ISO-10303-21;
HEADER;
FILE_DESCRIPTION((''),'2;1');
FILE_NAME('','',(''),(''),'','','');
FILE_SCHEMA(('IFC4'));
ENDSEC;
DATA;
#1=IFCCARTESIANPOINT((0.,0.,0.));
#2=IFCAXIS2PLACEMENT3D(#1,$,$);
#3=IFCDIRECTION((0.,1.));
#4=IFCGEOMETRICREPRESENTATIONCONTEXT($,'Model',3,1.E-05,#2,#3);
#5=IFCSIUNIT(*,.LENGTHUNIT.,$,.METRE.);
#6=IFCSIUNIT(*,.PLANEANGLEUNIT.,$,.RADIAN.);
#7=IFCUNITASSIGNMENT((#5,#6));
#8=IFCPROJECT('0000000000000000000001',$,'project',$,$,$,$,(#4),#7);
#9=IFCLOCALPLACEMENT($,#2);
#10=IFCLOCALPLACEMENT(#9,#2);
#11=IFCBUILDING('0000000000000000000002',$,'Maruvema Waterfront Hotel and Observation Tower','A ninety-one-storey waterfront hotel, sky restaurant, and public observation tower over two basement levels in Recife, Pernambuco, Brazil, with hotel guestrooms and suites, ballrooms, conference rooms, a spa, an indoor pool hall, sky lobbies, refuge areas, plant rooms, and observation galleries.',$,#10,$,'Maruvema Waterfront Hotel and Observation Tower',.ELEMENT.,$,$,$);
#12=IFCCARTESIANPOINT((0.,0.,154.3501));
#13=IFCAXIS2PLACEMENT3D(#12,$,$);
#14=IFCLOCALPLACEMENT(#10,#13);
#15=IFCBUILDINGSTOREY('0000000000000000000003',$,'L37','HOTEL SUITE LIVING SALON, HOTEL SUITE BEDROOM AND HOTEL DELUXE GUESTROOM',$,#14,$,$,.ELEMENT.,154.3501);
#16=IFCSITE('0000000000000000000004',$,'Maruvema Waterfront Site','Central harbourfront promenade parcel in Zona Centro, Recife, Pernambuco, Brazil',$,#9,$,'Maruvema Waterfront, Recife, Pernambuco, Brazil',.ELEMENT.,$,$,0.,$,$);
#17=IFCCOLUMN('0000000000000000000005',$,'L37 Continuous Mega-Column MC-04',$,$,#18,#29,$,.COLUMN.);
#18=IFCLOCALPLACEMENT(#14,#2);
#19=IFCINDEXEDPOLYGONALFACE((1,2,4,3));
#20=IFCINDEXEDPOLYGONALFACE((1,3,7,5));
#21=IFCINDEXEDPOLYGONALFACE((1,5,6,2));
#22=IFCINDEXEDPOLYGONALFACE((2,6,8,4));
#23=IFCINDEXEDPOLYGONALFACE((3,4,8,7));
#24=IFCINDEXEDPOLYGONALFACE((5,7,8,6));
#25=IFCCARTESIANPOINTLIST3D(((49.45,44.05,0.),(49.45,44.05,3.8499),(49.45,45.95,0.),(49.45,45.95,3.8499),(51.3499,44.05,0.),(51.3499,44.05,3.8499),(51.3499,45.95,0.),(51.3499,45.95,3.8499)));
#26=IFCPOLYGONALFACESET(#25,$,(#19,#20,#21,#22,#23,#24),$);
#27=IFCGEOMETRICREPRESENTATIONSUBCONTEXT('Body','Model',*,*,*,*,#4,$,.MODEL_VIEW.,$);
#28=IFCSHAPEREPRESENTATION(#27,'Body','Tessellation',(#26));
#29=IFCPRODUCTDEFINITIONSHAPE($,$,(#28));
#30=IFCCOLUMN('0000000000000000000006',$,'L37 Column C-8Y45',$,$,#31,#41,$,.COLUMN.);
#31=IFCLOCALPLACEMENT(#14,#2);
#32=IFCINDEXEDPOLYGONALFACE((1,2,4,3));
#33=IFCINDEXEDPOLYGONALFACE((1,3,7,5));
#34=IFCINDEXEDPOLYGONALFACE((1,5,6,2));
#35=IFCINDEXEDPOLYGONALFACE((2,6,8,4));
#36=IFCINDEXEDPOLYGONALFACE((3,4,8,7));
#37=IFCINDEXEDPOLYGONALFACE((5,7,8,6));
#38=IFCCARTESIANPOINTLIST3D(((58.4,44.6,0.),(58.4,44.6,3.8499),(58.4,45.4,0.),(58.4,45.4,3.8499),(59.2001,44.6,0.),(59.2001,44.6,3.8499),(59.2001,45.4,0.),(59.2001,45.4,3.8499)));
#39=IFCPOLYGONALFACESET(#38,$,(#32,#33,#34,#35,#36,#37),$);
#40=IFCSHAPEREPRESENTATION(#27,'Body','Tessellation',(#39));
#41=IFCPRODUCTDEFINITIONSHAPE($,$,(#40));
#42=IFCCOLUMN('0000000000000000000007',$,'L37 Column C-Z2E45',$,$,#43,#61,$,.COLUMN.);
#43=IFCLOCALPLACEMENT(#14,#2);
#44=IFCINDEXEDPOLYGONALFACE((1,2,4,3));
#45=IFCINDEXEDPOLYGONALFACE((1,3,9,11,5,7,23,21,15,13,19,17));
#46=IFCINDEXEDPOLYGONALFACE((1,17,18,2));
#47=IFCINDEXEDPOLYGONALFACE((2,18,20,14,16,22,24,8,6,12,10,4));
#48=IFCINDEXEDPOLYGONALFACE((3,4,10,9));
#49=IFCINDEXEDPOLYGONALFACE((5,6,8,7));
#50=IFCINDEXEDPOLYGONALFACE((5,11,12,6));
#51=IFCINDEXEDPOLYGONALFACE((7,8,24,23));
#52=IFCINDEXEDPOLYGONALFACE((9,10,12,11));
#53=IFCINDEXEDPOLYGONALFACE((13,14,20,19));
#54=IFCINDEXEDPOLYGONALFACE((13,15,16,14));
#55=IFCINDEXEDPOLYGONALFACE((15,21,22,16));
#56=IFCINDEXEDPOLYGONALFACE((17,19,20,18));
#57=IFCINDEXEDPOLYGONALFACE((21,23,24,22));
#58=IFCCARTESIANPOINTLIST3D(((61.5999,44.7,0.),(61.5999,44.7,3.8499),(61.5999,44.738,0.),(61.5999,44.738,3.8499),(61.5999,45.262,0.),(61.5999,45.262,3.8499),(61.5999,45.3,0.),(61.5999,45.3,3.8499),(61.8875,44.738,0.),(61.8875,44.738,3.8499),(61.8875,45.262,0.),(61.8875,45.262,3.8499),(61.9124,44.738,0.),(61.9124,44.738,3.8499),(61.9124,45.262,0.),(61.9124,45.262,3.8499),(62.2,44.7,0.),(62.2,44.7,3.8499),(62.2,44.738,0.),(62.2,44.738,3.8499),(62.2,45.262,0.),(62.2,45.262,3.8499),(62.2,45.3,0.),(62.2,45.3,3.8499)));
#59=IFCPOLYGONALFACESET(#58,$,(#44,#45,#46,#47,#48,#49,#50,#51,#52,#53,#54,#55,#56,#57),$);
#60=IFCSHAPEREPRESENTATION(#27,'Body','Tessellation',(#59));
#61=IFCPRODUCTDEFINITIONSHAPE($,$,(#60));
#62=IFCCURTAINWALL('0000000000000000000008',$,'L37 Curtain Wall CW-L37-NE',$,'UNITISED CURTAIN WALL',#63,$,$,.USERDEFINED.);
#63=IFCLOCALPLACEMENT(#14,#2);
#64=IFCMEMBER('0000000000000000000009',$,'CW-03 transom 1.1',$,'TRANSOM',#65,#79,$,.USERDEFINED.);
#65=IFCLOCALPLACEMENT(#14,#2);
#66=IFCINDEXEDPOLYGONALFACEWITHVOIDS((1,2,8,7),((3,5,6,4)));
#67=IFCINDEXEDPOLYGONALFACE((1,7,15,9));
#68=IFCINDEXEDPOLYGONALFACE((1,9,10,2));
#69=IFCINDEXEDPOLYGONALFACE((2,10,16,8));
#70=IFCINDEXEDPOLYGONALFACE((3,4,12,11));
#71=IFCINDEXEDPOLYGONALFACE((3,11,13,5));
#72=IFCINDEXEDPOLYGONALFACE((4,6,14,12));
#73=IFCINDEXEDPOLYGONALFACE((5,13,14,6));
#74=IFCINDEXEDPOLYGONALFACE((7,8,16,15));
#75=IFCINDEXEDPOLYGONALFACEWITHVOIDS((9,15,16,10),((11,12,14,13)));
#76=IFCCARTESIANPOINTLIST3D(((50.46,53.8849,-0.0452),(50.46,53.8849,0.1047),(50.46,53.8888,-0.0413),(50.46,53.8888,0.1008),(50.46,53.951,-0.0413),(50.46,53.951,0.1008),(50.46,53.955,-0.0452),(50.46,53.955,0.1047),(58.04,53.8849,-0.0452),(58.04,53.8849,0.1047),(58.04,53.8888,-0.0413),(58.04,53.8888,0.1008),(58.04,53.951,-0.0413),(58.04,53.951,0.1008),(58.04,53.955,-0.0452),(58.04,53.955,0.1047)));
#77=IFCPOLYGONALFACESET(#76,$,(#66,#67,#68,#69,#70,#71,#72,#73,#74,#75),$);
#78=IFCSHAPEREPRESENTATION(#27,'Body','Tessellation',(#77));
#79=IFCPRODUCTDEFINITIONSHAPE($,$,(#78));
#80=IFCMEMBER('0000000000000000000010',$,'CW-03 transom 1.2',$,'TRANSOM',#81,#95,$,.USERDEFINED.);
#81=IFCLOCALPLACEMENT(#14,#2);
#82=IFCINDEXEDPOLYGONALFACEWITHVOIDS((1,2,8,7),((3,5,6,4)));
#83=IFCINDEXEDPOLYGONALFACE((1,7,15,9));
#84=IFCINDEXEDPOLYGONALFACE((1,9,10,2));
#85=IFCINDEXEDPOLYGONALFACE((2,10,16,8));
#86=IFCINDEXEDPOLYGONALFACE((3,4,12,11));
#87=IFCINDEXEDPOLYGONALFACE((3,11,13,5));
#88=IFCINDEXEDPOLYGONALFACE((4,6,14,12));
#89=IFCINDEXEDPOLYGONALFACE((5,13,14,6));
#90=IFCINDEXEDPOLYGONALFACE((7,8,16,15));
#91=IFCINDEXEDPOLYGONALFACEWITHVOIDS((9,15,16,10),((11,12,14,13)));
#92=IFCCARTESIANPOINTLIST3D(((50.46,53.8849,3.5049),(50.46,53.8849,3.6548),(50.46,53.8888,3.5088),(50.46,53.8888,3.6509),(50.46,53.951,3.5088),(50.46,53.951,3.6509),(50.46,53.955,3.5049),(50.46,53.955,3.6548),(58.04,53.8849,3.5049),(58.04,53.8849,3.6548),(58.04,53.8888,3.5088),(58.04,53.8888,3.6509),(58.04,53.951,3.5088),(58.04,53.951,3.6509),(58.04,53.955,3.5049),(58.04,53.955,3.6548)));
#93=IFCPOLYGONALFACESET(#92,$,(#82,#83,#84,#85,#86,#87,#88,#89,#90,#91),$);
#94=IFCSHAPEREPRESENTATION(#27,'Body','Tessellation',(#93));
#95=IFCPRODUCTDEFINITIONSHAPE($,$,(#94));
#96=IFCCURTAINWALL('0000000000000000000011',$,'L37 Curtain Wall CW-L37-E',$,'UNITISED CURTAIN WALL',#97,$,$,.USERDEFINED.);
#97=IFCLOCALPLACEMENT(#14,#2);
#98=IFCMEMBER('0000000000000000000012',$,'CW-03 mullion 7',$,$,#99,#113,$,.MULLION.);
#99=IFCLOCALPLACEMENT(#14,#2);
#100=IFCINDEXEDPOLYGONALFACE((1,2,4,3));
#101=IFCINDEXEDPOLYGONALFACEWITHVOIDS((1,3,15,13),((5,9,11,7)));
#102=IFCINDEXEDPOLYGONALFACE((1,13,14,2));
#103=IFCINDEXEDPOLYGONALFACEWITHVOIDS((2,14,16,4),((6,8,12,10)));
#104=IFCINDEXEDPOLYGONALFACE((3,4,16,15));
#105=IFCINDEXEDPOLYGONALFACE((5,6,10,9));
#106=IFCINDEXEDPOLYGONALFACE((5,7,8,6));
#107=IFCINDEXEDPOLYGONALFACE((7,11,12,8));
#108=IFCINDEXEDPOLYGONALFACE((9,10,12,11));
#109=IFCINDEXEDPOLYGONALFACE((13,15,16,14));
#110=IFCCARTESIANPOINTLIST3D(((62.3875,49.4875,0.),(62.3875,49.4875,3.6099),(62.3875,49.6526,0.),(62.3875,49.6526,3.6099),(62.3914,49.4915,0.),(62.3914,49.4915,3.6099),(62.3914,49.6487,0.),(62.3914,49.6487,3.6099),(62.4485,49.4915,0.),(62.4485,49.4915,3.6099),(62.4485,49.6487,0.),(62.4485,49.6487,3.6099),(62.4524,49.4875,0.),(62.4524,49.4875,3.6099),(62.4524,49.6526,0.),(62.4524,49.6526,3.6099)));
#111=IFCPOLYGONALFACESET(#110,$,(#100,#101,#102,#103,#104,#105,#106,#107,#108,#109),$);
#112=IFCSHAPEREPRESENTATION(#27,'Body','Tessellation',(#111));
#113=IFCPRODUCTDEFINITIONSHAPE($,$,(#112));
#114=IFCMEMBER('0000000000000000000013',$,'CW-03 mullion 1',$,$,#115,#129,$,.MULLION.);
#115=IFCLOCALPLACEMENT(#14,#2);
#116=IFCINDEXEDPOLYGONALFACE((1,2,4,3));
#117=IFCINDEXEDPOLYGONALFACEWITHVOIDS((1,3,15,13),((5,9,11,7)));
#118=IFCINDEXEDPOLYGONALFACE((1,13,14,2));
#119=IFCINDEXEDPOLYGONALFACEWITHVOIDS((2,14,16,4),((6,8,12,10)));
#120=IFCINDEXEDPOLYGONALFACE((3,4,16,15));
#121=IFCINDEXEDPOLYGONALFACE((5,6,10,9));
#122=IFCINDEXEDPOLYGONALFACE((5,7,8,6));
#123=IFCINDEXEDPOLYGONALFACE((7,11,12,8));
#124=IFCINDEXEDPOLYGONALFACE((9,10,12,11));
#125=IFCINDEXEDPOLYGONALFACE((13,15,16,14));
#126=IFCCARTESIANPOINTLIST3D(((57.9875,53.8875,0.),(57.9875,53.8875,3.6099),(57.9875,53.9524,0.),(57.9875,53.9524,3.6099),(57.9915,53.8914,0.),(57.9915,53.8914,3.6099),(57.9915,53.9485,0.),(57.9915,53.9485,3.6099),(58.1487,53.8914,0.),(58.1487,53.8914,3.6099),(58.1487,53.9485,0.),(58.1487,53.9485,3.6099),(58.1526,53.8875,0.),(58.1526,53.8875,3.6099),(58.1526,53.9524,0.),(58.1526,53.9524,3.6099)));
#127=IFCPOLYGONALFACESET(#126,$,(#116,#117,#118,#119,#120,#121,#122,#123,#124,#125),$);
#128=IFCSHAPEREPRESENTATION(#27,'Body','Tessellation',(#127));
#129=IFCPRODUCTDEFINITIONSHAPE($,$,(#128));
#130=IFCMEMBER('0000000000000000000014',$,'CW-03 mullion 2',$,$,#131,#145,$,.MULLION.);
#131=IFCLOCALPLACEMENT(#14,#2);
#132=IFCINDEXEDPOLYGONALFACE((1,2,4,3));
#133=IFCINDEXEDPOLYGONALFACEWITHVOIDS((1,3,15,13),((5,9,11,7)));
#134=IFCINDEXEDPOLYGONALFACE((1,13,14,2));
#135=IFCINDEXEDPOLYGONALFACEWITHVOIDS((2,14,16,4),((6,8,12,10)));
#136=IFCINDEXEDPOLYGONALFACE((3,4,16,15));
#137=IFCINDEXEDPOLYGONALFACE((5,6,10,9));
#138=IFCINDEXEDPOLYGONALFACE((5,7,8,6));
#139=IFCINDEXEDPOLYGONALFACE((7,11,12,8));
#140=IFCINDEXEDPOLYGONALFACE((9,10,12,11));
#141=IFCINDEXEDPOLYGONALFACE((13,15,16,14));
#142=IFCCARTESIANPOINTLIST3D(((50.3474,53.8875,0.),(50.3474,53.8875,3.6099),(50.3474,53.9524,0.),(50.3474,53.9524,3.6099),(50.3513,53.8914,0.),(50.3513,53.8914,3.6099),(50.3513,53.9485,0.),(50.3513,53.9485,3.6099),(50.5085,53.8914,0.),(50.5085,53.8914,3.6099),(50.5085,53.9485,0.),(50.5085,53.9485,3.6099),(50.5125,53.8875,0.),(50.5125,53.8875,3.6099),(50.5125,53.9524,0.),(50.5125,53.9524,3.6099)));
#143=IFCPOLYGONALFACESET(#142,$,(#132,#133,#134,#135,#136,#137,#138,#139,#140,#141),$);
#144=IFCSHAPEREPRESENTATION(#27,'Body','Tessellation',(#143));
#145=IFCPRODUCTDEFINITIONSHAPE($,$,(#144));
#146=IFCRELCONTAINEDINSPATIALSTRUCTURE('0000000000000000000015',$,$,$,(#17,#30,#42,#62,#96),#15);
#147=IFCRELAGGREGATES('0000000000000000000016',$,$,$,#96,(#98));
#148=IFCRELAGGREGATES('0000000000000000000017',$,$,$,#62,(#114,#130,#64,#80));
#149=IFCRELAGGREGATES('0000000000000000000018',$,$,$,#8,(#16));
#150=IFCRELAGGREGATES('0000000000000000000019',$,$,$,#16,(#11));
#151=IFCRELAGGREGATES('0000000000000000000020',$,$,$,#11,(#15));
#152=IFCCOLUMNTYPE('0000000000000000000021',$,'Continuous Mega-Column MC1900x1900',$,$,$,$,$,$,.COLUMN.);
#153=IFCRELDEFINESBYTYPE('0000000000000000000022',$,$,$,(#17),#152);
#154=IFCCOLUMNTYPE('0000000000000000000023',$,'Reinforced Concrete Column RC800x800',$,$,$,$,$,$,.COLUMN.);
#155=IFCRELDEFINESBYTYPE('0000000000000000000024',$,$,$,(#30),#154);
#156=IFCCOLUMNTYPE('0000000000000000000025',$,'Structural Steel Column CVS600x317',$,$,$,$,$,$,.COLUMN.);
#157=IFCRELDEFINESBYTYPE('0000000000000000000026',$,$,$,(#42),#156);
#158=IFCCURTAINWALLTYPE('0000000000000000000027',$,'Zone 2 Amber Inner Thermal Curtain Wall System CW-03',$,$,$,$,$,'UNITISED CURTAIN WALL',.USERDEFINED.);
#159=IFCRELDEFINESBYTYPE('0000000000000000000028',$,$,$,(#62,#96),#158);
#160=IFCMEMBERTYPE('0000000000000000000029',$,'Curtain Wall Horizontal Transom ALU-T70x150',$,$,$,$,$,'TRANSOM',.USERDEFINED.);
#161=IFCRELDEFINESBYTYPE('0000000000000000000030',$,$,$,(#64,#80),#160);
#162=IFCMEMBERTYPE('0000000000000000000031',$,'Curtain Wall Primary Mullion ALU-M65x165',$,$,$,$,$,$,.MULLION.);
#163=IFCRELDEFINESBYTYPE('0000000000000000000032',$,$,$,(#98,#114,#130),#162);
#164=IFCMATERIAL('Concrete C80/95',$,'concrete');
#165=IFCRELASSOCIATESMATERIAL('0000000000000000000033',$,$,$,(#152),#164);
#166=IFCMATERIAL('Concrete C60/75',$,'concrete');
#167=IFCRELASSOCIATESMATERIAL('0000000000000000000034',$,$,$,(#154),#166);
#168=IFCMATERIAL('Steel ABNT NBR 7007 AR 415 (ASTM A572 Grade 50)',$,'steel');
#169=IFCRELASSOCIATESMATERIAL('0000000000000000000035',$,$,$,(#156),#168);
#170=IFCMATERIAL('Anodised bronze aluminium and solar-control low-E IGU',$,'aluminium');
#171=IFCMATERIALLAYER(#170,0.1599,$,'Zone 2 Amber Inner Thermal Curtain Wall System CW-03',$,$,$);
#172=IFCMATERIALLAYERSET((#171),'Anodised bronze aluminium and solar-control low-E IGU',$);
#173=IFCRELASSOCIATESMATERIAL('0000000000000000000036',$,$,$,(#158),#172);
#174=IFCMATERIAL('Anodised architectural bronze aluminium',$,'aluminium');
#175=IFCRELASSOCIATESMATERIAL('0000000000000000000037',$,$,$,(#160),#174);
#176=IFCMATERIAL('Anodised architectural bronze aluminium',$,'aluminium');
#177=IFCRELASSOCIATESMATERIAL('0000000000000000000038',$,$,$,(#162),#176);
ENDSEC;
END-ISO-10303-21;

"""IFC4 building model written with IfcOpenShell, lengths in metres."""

from ifc_helpers import new_model, si_unit, direction, frame, origin, origin_2d, place, context, subcontext, project, spatial, rectangle, hollow_rectangle, i_section, extrude, material, layer, layer_set, material_profile, profile_set, type_object, element, aggregate, save


model = new_model("IFC4")

# Units and contexts
model_context = context("Model", 3, precision=1e-05, world=origin(), true_north=direction((0.0, 1.0)))
body_context = subcontext(model_context, "Body", "Model", "MODEL_VIEW")
ifc_project = project(units=[si_unit("LENGTHUNIT", "METRE"), si_unit("PLANEANGLEUNIT", "RADIAN")], contexts=[model_context])

# Site, building, storey
site_placement = place(None, origin())
site = spatial("IfcSite", under=ifc_project, at=site_placement, Name="Maruvema Waterfront Site", Description="Central harbourfront promenade parcel in Zona Centro, Recife, Pernambuco, Brazil", LongName="Maruvema Waterfront, Recife, Pernambuco, Brazil", CompositionType="ELEMENT", RefElevation=0.0)
building_placement = place(site_placement, origin())
building = spatial("IfcBuilding", under=site, at=building_placement, Name="Maruvema Waterfront Hotel and Observation Tower", Description="A ninety-one-storey waterfront hotel, sky restaurant, and public observation tower over two basement levels in Recife, Pernambuco, Brazil, with hotel guestrooms and suites, ballrooms, conference rooms, a spa, an indoor pool hall, sky lobbies, refuge areas, plant rooms, and observation galleries.", LongName="Maruvema Waterfront Hotel and Observation Tower", CompositionType="ELEMENT")
storey_placement = place(building_placement, frame((0.0, 0.0, 154.3501)))
storey = spatial("IfcBuildingStorey", under=building, at=storey_placement, Name="L37", Description="HOTEL SUITE LIVING SALON, HOTEL SUITE BEDROOM AND HOTEL DELUXE GUESTROOM", CompositionType="ELEMENT", Elevation=154.3501)

# Columns
ifc_material_1 = material(Name="Concrete C80/95", Category="concrete")
ifc_material_profile_1 = material_profile(ifc_material_1, rectangle(XDim=1.8999, YDim=1.8999, at=origin_2d()), Name="MC1900x1900")
ifc_profile_set_1 = profile_set([ifc_material_profile_1], Name="Concrete C80/95")
column_type_1 = type_object("IfcColumnType", Name="Continuous Mega-Column MC1900x1900", PredefinedType="COLUMN", material=ifc_profile_set_1)
column_1_placement = place(storey_placement, frame((50.3999, 45.0, 0.0), z_axis=(0.0, 0.0, 1.0), x_axis=(1.0, 0.0, 0.0)))
element("IfcColumn", 1, at=column_1_placement, inside=storey, type_object=column_type_1, Name="L37 Continuous Mega-Column MC-04", PredefinedType="COLUMN", context=body_context, shape_type="SweptSolid", body=[
    extrude(rectangle(XDim=1.8999, YDim=1.8999, at=origin_2d()), origin(), (0.0, 0.0, 1.0), 3.8499),
])
ifc_material_2 = material(Name="Concrete C60/75", Category="concrete")
ifc_material_profile_2 = material_profile(ifc_material_2, rectangle(XDim=0.8, YDim=0.8, at=origin_2d()), Name="RC800x800")
ifc_profile_set_2 = profile_set([ifc_material_profile_2], Name="Concrete C60/75")
column_type_2 = type_object("IfcColumnType", Name="Reinforced Concrete Column RC800x800", PredefinedType="COLUMN", material=ifc_profile_set_2)
column_2_placement = place(storey_placement, frame((58.8, 45.0, 0.0), z_axis=(0.0, 0.0, 1.0), x_axis=(1.0, 0.0, 0.0)))
element("IfcColumn", 2, at=column_2_placement, inside=storey, type_object=column_type_2, Name="L37 Column C-8Y45", PredefinedType="COLUMN", context=body_context, shape_type="SweptSolid", body=[
    extrude(rectangle(XDim=0.8, YDim=0.8, at=origin_2d()), origin(), (0.0, 0.0, 1.0), 3.8499),
])
ifc_material_3 = material(Name="Steel ABNT NBR 7007 AR 415 (ASTM A572 Grade 50)", Category="steel")
ifc_material_profile_3 = material_profile(ifc_material_3, i_section(OverallWidth=0.6001, OverallDepth=0.6001, WebThickness=0.0249, FlangeThickness=0.0381, at=origin_2d()), Name="CVS600x317")
ifc_profile_set_3 = profile_set([ifc_material_profile_3], Name="Steel ABNT NBR 7007 AR 415 (ASTM A572 Grade 50)")
column_type_3 = type_object("IfcColumnType", Name="Structural Steel Column CVS600x317", PredefinedType="COLUMN", material=ifc_profile_set_3)
column_3_placement = place(storey_placement, frame((61.8999, 45.0, 0.0), z_axis=(0.0, 0.0, 1.0), x_axis=(1.0, 0.0, 0.0)))
element("IfcColumn", 3, at=column_3_placement, inside=storey, type_object=column_type_3, Name="L37 Column C-Z2E45", PredefinedType="COLUMN", context=body_context, shape_type="SweptSolid", body=[
    extrude(i_section(OverallWidth=0.6001, OverallDepth=0.6001, WebThickness=0.0249, FlangeThickness=0.0381, at=origin_2d()), origin(), (0.0, 0.0, 1.0), 3.8499),
])

# Curtain wall, members
ifc_material_4 = material(Name="Anodised bronze aluminium and solar-control low-E IGU", Category="aluminium")
ifc_layer_1 = layer(ifc_material_4, 0.1599, Name="Zone 2 Amber Inner Thermal Curtain Wall System CW-03")
ifc_layer_set_1 = layer_set([ifc_layer_1], Name="Anodised bronze aluminium and solar-control low-E IGU")
curtain_wall_type = type_object("IfcCurtainWallType", Name="Zone 2 Amber Inner Thermal Curtain Wall System CW-03", ElementType="UNITISED CURTAIN WALL", PredefinedType="USERDEFINED", material=ifc_layer_set_1)
curtain_wall_1_placement = place(storey_placement, origin())
curtain_wall_1 = element("IfcCurtainWall", 4, at=curtain_wall_1_placement, inside=storey, type_object=curtain_wall_type, Name="L37 Curtain Wall CW-L37-NE", ObjectType="UNITISED CURTAIN WALL", PredefinedType="USERDEFINED")
ifc_material_5 = material(Name="Anodised architectural bronze aluminium", Category="aluminium")
ifc_material_profile_4 = material_profile(ifc_material_5, hollow_rectangle(XDim=0.0701, YDim=0.1499, WallThickness=0.0039, at=origin_2d()), Name="ALU-T70x150")
ifc_profile_set_4 = profile_set([ifc_material_profile_4], Name="Anodised architectural bronze aluminium")
member_type_1 = type_object("IfcMemberType", Name="Curtain Wall Horizontal Transom ALU-T70x150", ElementType="TRANSOM", PredefinedType="USERDEFINED", material=ifc_profile_set_4)
member_1_placement = place(storey_placement, frame((58.04, 53.9199, 0.0298), z_axis=(-1.0, 0.0, 0.0), x_axis=(0.0, -1.0, 0.0)))
member_1 = element("IfcMember", 5, at=member_1_placement, type_object=member_type_1, Name="CW-03 transom 1.1", ObjectType="TRANSOM", PredefinedType="USERDEFINED", context=body_context, shape_type="SweptSolid", body=[
    extrude(hollow_rectangle(XDim=0.0701, YDim=0.1499, WallThickness=0.0039, at=origin_2d()), origin(), (0.0, 0.0, 1.0), 7.5801),
])
member_2_placement = place(storey_placement, frame((58.04, 53.9199, 3.5798), z_axis=(-1.0, 0.0, 0.0), x_axis=(0.0, -1.0, 0.0)))
member_2 = element("IfcMember", 6, at=member_2_placement, type_object=member_type_1, Name="CW-03 transom 1.2", ObjectType="TRANSOM", PredefinedType="USERDEFINED", context=body_context, shape_type="SweptSolid", body=[
    extrude(hollow_rectangle(XDim=0.0701, YDim=0.1499, WallThickness=0.0039, at=origin_2d()), origin(), (0.0, 0.0, 1.0), 7.5801),
])

# Curtain wall, member
curtain_wall_2_placement = place(storey_placement, origin())
curtain_wall_2 = element("IfcCurtainWall", 7, at=curtain_wall_2_placement, inside=storey, type_object=curtain_wall_type, Name="L37 Curtain Wall CW-L37-E", ObjectType="UNITISED CURTAIN WALL", PredefinedType="USERDEFINED")
ifc_material_6 = material(Name="Anodised architectural bronze aluminium", Category="aluminium")
ifc_material_profile_5 = material_profile(ifc_material_6, hollow_rectangle(XDim=0.0649, YDim=0.165, WallThickness=0.0039, at=origin_2d()), Name="ALU-M65x165")
ifc_profile_set_5 = profile_set([ifc_material_profile_5], Name="Anodised architectural bronze aluminium")
member_type_2 = type_object("IfcMemberType", Name="Curtain Wall Primary Mullion ALU-M65x165", PredefinedType="MULLION", material=ifc_profile_set_5)
member_3_placement = place(storey_placement, frame((62.4199, 49.5701, 0.0), z_axis=(0.0, 0.0, 1.0), x_axis=(-1.0, 0.0, 0.0)))
member_3 = element("IfcMember", 8, at=member_3_placement, type_object=member_type_2, Name="CW-03 mullion 7", PredefinedType="MULLION", context=body_context, shape_type="SweptSolid", body=[
    extrude(hollow_rectangle(XDim=0.0649, YDim=0.165, WallThickness=0.0039, at=origin_2d()), origin(), (0.0, 0.0, 1.0), 3.6099),
])

# Members
member_4_placement = place(storey_placement, frame((58.0701, 53.9199, 0.0), z_axis=(0.0, 0.0, 1.0), x_axis=(0.0, -1.0, 0.0)))
member_4 = element("IfcMember", 9, at=member_4_placement, type_object=member_type_2, Name="CW-03 mullion 1", PredefinedType="MULLION", context=body_context, shape_type="SweptSolid", body=[
    extrude(hollow_rectangle(XDim=0.0649, YDim=0.165, WallThickness=0.0039, at=origin_2d()), origin(), (0.0, 0.0, 1.0), 3.6099),
])
member_5_placement = place(storey_placement, frame((50.4299, 53.9199, 0.0), z_axis=(0.0, 0.0, 1.0), x_axis=(0.0, -1.0, 0.0)))
member_5 = element("IfcMember", 10, at=member_5_placement, type_object=member_type_2, Name="CW-03 mullion 2", PredefinedType="MULLION", context=body_context, shape_type="SweptSolid", body=[
    extrude(hollow_rectangle(XDim=0.0649, YDim=0.165, WallThickness=0.0039, at=origin_2d()), origin(), (0.0, 0.0, 1.0), 3.6099),
])

aggregate(curtain_wall_2, [member_3])
aggregate(curtain_wall_1, [member_4, member_5, member_1, member_2])

save(model, "model.ifc")
